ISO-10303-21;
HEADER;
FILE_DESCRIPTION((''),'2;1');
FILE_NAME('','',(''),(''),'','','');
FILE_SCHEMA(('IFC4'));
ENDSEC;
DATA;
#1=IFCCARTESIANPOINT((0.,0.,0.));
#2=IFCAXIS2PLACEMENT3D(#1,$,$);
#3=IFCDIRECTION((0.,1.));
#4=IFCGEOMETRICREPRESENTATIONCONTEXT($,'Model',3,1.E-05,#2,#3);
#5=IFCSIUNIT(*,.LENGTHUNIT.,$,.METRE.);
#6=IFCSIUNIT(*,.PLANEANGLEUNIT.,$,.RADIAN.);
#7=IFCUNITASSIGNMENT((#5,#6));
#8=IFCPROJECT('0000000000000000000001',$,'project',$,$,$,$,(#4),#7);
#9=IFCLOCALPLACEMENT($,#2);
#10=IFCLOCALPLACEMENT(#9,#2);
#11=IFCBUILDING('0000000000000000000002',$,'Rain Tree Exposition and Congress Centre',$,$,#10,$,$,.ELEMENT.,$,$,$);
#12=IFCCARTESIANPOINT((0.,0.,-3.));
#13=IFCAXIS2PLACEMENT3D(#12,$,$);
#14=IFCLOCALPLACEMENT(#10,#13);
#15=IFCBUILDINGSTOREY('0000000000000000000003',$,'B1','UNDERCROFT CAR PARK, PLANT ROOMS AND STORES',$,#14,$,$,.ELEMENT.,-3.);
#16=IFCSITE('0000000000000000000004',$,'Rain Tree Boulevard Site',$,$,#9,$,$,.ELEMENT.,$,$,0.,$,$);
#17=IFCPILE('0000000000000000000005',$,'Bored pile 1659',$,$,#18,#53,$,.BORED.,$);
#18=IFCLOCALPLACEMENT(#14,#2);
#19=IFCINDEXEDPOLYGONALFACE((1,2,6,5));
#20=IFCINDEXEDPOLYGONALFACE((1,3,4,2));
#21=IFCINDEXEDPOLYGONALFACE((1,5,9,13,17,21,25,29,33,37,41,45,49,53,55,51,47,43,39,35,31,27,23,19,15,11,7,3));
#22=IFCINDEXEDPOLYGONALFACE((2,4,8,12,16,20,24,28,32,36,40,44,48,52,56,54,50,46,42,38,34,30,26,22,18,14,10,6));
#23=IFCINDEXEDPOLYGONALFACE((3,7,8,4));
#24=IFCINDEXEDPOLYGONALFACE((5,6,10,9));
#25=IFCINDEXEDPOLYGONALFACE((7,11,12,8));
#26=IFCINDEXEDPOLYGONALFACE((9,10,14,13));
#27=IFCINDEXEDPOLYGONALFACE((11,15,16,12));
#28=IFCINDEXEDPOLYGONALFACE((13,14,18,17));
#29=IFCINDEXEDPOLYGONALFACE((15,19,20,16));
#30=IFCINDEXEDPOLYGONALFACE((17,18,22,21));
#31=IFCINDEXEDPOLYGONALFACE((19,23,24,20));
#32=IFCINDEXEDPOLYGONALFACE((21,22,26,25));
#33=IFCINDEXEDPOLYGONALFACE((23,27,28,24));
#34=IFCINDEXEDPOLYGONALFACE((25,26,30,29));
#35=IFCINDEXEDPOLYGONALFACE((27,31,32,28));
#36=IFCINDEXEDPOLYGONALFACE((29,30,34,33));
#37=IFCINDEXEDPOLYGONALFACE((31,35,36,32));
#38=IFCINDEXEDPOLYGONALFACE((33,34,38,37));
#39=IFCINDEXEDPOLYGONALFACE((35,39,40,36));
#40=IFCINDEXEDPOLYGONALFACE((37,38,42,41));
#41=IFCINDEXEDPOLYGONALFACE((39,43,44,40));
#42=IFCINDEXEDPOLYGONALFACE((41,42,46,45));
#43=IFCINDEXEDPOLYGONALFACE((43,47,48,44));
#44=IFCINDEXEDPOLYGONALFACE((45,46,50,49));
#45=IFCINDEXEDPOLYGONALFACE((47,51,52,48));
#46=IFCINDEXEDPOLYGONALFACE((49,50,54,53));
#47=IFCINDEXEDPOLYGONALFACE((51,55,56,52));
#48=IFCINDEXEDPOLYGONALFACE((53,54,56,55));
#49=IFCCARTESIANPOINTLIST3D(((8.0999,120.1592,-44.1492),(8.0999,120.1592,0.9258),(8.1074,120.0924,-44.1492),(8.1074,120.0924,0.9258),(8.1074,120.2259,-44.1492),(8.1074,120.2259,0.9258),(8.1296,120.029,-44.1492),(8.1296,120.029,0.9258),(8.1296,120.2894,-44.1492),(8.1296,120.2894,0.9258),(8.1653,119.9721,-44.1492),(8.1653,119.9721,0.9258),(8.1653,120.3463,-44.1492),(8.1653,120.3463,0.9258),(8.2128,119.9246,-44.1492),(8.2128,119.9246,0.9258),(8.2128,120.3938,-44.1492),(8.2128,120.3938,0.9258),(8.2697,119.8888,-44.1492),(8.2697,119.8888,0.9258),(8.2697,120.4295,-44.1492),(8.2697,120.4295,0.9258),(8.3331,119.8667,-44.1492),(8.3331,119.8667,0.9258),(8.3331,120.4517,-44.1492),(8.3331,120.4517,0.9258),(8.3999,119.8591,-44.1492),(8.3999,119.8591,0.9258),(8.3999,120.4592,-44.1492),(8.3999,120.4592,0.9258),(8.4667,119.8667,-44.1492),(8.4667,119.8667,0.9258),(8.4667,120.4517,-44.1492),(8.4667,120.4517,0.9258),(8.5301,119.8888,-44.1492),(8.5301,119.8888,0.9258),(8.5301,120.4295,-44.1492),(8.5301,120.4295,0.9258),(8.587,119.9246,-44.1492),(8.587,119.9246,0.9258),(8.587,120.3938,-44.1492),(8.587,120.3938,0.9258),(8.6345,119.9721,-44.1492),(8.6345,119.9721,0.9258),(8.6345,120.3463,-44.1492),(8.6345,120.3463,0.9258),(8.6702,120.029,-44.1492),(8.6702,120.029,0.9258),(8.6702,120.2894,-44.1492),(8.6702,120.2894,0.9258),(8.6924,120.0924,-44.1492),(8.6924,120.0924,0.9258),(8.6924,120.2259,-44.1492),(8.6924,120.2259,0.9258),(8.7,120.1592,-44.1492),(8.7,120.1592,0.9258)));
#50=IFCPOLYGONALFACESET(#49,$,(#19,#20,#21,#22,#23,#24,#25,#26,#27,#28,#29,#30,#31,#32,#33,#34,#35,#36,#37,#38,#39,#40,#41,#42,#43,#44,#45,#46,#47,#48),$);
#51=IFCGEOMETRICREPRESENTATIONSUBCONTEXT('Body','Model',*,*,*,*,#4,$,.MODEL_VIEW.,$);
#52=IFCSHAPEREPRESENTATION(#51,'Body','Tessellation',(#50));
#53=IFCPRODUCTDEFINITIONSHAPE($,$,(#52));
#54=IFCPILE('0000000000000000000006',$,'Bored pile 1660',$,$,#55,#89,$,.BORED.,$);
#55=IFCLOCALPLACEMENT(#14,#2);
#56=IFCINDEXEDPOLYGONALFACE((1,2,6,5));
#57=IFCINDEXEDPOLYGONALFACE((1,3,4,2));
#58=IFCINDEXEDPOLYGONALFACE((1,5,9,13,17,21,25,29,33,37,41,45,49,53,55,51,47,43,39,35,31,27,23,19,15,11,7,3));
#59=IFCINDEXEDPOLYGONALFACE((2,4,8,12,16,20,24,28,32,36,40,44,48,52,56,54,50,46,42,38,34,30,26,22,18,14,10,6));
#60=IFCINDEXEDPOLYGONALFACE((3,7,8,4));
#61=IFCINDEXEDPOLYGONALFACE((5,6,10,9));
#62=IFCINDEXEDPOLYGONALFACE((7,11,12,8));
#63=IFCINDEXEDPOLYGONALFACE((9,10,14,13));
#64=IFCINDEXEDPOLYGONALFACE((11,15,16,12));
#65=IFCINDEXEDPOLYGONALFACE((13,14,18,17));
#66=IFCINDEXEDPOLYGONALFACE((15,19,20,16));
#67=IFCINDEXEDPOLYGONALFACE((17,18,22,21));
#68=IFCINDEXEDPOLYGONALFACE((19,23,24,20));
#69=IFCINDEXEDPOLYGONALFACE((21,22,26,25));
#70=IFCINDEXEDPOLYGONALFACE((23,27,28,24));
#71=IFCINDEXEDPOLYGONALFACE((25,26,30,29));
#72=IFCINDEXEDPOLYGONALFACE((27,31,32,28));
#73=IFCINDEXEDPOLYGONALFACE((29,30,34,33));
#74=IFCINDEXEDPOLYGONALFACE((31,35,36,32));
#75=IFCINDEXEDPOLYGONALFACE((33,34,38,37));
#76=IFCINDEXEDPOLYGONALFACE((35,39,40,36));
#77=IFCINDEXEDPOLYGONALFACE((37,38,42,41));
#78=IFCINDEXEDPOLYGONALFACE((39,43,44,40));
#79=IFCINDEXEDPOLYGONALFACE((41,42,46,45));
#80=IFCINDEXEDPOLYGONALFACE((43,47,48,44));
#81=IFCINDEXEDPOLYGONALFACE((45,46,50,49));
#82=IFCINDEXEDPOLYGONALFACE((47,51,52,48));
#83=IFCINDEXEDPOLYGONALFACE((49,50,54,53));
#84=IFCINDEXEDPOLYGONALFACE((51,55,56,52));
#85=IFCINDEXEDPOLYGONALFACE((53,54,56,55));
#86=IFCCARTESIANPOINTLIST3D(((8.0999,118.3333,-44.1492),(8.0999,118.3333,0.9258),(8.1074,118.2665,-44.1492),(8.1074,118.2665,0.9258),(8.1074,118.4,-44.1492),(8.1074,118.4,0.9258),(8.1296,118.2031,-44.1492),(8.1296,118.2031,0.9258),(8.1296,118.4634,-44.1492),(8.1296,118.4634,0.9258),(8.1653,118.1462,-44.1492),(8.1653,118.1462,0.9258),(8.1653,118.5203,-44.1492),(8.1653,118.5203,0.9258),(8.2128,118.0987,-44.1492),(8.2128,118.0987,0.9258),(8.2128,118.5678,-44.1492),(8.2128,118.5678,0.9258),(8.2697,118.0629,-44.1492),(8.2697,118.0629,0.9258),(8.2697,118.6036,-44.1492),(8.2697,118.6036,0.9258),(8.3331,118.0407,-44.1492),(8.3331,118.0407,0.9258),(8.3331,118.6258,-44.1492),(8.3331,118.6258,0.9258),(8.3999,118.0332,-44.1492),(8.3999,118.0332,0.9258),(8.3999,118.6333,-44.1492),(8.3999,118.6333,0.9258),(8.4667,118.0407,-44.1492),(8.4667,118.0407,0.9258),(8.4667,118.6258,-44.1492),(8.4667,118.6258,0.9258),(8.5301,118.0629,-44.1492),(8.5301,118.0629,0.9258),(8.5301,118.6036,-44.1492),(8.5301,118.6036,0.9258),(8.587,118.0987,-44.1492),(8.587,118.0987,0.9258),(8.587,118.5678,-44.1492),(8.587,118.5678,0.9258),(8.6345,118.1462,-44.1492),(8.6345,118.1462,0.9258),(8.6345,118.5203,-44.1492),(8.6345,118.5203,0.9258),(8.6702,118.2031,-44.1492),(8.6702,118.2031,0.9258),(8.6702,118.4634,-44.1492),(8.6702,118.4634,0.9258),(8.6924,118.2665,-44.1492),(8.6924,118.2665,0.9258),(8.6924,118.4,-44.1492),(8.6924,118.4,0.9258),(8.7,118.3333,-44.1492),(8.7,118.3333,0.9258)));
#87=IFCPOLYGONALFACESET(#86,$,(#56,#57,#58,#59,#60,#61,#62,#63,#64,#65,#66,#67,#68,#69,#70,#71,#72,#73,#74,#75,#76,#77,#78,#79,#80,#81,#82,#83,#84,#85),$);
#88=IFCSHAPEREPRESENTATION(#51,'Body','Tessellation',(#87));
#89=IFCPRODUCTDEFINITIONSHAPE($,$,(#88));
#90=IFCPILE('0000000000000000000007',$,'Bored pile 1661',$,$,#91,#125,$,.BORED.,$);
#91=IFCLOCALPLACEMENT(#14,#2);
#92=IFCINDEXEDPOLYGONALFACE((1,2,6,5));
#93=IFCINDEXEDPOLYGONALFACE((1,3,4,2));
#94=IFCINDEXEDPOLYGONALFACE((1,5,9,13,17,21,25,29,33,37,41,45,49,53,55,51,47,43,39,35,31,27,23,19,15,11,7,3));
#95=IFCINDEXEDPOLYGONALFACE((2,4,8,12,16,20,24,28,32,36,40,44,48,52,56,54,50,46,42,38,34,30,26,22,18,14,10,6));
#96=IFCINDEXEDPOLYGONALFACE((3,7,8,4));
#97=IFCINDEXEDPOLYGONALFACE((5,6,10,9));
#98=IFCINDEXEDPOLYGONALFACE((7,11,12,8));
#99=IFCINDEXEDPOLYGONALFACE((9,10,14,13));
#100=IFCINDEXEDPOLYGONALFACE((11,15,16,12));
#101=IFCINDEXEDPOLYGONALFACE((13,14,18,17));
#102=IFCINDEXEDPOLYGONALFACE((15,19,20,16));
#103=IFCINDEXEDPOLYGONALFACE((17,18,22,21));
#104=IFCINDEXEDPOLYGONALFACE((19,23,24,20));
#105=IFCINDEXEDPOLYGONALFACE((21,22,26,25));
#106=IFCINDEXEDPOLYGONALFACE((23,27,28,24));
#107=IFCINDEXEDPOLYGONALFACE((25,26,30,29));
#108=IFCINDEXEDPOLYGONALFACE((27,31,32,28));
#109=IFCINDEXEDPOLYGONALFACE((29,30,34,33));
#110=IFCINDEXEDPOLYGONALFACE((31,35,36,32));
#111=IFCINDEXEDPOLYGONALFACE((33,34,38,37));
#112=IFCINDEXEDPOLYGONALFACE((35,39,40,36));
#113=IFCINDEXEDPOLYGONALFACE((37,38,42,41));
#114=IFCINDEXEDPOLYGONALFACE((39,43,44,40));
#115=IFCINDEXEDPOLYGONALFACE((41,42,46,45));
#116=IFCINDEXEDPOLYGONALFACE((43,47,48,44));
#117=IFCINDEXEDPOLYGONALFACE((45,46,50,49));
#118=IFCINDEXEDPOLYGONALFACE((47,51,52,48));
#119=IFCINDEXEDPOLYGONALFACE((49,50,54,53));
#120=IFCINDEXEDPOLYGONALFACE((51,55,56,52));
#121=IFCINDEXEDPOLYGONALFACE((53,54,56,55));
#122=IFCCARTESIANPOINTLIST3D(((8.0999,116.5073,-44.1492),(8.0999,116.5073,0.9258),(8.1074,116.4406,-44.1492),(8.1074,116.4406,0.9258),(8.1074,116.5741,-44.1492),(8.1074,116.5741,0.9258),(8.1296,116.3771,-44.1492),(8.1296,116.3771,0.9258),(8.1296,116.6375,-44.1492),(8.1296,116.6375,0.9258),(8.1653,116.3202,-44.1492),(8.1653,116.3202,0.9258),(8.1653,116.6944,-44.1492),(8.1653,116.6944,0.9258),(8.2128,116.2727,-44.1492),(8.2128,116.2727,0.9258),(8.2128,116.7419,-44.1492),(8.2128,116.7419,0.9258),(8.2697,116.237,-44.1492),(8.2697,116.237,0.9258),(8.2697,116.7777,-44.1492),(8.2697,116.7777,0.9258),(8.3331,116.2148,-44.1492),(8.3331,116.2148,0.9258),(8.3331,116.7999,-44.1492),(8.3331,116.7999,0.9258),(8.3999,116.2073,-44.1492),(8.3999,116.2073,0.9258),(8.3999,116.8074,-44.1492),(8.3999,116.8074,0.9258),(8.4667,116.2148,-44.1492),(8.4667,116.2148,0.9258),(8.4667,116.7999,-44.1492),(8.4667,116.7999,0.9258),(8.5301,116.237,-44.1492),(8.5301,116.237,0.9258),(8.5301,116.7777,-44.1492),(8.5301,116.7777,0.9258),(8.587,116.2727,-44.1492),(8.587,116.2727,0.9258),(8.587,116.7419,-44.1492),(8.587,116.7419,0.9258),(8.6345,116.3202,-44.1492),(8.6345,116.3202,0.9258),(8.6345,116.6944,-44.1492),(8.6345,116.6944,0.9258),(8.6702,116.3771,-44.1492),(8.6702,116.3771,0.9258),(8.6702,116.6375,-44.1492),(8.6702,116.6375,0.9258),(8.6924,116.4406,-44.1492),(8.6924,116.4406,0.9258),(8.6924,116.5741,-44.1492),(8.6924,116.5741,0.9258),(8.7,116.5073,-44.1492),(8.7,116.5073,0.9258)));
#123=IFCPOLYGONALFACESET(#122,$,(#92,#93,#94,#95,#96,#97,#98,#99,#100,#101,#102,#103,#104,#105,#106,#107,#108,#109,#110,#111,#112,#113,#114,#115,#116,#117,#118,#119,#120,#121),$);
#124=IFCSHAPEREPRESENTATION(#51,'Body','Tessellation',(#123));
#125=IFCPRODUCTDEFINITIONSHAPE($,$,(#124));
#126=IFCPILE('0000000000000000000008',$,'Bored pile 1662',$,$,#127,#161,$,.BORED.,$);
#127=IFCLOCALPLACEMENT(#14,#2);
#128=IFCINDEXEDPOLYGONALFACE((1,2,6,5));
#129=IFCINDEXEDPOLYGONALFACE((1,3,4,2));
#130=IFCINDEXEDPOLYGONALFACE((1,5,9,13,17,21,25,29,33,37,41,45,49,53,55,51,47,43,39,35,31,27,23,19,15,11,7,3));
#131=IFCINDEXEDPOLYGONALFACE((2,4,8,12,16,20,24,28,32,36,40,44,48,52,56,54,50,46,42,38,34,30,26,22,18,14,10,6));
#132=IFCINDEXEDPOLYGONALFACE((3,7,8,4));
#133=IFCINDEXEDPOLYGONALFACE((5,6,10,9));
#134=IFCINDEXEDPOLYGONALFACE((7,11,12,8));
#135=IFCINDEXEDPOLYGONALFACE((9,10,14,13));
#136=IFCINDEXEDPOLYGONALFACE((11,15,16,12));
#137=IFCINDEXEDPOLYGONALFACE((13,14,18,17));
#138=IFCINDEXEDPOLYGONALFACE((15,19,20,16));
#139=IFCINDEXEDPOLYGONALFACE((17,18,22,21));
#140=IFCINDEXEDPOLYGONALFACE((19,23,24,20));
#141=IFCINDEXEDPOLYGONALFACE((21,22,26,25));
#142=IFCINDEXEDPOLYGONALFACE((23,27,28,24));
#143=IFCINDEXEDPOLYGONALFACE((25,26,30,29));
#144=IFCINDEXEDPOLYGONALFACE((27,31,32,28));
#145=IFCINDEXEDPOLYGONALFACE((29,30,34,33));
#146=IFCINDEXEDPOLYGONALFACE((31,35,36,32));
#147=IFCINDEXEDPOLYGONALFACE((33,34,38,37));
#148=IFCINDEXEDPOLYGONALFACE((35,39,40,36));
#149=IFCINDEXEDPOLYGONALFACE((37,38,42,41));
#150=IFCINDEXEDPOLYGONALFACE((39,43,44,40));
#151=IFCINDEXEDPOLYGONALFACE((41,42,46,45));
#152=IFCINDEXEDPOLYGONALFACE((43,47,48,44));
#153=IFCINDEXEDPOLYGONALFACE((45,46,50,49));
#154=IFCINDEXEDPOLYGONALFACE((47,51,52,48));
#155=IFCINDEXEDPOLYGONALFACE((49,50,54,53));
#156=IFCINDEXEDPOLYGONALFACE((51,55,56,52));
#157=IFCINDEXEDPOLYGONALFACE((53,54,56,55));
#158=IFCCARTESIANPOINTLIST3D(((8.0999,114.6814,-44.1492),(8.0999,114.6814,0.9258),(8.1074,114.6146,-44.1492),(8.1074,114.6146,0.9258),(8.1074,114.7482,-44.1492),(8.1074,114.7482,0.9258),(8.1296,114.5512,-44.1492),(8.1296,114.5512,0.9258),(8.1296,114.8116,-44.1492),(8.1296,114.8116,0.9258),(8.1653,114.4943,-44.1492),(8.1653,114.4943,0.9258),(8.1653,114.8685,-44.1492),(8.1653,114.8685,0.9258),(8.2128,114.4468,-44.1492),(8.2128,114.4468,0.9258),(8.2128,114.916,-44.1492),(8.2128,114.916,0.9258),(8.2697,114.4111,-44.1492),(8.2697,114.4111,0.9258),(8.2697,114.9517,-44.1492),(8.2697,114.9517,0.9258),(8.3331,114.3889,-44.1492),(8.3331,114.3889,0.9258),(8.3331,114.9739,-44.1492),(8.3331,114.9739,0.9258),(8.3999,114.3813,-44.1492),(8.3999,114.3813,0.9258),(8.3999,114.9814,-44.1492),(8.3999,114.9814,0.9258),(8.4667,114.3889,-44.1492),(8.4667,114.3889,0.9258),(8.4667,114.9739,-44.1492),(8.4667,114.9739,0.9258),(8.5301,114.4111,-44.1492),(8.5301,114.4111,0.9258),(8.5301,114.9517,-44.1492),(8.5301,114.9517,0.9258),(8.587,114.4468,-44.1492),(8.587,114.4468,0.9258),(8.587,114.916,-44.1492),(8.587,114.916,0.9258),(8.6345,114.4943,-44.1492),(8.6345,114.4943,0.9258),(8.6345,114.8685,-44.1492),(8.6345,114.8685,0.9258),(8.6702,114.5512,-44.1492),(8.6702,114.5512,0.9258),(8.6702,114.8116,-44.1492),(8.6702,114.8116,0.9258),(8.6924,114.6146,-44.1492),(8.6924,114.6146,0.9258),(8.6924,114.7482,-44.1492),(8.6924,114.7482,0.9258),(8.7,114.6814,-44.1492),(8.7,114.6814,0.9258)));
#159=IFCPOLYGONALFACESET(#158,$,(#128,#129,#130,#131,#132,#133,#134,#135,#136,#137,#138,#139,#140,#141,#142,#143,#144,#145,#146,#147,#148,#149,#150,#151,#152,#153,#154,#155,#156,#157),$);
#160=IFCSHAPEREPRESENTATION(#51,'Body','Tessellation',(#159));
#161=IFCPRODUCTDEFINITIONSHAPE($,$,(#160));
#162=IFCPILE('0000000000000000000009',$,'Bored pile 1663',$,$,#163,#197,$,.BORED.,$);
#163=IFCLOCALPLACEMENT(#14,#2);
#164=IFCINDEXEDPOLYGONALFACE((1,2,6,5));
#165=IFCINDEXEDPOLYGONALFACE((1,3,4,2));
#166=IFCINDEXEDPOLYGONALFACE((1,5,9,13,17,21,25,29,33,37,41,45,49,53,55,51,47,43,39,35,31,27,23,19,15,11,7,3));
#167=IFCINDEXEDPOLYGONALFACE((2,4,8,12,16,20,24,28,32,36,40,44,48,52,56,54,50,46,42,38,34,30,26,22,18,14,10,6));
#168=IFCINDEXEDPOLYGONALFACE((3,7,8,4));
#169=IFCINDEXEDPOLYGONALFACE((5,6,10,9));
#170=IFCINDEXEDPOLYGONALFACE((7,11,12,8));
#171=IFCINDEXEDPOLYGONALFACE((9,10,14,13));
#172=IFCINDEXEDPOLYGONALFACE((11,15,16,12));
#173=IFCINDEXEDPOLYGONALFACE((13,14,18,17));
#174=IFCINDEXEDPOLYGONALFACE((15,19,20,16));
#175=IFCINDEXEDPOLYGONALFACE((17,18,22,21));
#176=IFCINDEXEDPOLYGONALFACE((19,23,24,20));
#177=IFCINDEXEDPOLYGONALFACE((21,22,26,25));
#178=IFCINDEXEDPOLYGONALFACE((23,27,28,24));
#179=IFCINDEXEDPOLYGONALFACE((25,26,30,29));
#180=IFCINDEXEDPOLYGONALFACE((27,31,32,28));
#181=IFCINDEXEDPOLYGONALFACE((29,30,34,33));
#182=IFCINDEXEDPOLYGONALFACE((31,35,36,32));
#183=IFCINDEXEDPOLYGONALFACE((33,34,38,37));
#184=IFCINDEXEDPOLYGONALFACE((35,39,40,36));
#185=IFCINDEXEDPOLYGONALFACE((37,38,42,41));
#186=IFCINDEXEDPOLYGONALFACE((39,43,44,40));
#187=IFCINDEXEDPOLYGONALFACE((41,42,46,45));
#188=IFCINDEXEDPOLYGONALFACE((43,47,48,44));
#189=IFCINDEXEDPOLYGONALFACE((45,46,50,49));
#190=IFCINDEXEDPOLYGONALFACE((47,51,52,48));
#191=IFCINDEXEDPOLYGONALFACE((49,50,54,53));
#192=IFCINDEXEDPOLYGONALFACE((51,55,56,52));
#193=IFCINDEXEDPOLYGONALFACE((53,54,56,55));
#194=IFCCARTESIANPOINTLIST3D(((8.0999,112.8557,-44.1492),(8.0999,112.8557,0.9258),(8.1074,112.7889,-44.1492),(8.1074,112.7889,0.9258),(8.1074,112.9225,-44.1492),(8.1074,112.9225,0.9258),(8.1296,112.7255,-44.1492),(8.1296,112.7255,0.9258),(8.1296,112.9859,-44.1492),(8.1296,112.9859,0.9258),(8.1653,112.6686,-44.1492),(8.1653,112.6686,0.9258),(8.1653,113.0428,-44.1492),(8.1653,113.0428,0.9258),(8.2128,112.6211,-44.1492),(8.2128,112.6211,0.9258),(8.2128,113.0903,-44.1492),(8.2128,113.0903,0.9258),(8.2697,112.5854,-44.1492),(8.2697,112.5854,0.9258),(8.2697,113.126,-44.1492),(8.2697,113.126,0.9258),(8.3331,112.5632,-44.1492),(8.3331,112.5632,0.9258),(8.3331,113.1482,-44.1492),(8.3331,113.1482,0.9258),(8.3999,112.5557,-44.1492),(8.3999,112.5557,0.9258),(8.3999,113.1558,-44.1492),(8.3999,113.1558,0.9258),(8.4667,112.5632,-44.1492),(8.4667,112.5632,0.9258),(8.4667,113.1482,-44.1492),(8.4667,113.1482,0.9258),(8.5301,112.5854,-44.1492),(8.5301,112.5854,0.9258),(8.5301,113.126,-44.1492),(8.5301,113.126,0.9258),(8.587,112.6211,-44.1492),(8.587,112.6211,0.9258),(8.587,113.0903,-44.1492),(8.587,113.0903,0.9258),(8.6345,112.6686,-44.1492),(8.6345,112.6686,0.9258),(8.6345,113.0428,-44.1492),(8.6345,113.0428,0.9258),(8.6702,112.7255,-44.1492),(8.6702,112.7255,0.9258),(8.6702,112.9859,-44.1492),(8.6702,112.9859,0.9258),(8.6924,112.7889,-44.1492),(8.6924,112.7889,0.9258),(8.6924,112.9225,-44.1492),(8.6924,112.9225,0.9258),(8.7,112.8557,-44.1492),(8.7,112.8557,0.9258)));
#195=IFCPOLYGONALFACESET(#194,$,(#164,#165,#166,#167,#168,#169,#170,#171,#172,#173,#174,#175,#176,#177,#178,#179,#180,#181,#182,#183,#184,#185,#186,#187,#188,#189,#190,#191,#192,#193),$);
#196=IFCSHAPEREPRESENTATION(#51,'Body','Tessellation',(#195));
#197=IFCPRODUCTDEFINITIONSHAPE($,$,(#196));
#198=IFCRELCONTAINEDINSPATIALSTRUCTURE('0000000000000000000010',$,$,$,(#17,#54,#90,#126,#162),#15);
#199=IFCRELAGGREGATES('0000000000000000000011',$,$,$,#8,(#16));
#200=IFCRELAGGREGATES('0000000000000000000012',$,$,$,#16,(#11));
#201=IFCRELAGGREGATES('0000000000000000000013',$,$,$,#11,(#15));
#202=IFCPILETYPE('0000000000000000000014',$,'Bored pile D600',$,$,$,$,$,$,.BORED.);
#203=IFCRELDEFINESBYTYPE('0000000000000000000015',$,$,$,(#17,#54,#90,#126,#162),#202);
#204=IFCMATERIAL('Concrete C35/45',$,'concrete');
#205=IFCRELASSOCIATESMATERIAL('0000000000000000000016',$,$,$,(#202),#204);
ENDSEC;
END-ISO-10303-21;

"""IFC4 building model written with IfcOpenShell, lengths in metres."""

from ifc_helpers import new_model, si_unit, direction, frame, origin, origin_2d, place, context, subcontext, project, spatial, circle, extrude, material, material_profile, profile_set, type_object, element, save


model = new_model("IFC4")

# Units and contexts
model_context = context("Model", 3, precision=1e-05, world=origin(), true_north=direction((0.0, 1.0)))
body_context = subcontext(model_context, "Body", "Model", "MODEL_VIEW")
ifc_project = project(units=[si_unit("LENGTHUNIT", "METRE"), si_unit("PLANEANGLEUNIT", "RADIAN")], contexts=[model_context])

# Site, building, storey
site_placement = place(None, origin())
site = spatial("IfcSite", under=ifc_project, at=site_placement, Name="Rain Tree Boulevard Site", CompositionType="ELEMENT", RefElevation=0.0)
building_placement = place(site_placement, origin())
building = spatial("IfcBuilding", under=site, at=building_placement, Name="Rain Tree Exposition and Congress Centre", CompositionType="ELEMENT")
storey_placement = place(building_placement, frame((0.0, 0.0, -3.0)))
storey = spatial("IfcBuildingStorey", under=building, at=storey_placement, Name="B1", Description="UNDERCROFT CAR PARK, PLANT ROOMS AND STORES", CompositionType="ELEMENT", Elevation=-3.0)

# Piles
ifc_material_1 = material(Name="Concrete C35/45", Category="concrete")
ifc_material_profile_1 = material_profile(ifc_material_1, circle(Radius=0.3, at=origin_2d()), Name="D600")
ifc_profile_set_1 = profile_set([ifc_material_profile_1], Name="Concrete C35/45")
pile_type_1 = type_object("IfcPileType", Name="Bored pile D600", PredefinedType="BORED", material=ifc_profile_set_1)
for number, where, z_axis, x_axis, name in (
    (1, (8.3999, 120.1592, 0.9258), (0.0, 0.0, -1.0), (1.0, 0.0, 0.0), "Bored pile 1659"),
    (2, (8.3999, 118.3333, 0.9258), (0.0, 0.0, -1.0), (1.0, 0.0, 0.0), "Bored pile 1660"),
    (3, (8.3999, 116.5073, 0.9258), (0.0, 0.0, -1.0), (1.0, 0.0, 0.0), "Bored pile 1661"),
    (4, (8.3999, 114.6814, 0.9258), (0.0, 0.0, -1.0), (1.0, 0.0, 0.0), "Bored pile 1662"),
    (5, (8.3999, 112.8557, 0.9258), (0.0, 0.0, -1.0), (1.0, 0.0, 0.0), "Bored pile 1663"),
):
    element("IfcPile", number, at=place(storey_placement, frame(where, z_axis=z_axis, x_axis=x_axis)), inside=storey, type_object=pile_type_1, Name=name, PredefinedType="BORED", context=body_context, shape_type="SweptSolid", body=[
        extrude(circle(Radius=0.3, at=origin_2d()), origin(), (0.0, 0.0, 1.0), 45.075),
    ])

save(model, "model.ifc")
